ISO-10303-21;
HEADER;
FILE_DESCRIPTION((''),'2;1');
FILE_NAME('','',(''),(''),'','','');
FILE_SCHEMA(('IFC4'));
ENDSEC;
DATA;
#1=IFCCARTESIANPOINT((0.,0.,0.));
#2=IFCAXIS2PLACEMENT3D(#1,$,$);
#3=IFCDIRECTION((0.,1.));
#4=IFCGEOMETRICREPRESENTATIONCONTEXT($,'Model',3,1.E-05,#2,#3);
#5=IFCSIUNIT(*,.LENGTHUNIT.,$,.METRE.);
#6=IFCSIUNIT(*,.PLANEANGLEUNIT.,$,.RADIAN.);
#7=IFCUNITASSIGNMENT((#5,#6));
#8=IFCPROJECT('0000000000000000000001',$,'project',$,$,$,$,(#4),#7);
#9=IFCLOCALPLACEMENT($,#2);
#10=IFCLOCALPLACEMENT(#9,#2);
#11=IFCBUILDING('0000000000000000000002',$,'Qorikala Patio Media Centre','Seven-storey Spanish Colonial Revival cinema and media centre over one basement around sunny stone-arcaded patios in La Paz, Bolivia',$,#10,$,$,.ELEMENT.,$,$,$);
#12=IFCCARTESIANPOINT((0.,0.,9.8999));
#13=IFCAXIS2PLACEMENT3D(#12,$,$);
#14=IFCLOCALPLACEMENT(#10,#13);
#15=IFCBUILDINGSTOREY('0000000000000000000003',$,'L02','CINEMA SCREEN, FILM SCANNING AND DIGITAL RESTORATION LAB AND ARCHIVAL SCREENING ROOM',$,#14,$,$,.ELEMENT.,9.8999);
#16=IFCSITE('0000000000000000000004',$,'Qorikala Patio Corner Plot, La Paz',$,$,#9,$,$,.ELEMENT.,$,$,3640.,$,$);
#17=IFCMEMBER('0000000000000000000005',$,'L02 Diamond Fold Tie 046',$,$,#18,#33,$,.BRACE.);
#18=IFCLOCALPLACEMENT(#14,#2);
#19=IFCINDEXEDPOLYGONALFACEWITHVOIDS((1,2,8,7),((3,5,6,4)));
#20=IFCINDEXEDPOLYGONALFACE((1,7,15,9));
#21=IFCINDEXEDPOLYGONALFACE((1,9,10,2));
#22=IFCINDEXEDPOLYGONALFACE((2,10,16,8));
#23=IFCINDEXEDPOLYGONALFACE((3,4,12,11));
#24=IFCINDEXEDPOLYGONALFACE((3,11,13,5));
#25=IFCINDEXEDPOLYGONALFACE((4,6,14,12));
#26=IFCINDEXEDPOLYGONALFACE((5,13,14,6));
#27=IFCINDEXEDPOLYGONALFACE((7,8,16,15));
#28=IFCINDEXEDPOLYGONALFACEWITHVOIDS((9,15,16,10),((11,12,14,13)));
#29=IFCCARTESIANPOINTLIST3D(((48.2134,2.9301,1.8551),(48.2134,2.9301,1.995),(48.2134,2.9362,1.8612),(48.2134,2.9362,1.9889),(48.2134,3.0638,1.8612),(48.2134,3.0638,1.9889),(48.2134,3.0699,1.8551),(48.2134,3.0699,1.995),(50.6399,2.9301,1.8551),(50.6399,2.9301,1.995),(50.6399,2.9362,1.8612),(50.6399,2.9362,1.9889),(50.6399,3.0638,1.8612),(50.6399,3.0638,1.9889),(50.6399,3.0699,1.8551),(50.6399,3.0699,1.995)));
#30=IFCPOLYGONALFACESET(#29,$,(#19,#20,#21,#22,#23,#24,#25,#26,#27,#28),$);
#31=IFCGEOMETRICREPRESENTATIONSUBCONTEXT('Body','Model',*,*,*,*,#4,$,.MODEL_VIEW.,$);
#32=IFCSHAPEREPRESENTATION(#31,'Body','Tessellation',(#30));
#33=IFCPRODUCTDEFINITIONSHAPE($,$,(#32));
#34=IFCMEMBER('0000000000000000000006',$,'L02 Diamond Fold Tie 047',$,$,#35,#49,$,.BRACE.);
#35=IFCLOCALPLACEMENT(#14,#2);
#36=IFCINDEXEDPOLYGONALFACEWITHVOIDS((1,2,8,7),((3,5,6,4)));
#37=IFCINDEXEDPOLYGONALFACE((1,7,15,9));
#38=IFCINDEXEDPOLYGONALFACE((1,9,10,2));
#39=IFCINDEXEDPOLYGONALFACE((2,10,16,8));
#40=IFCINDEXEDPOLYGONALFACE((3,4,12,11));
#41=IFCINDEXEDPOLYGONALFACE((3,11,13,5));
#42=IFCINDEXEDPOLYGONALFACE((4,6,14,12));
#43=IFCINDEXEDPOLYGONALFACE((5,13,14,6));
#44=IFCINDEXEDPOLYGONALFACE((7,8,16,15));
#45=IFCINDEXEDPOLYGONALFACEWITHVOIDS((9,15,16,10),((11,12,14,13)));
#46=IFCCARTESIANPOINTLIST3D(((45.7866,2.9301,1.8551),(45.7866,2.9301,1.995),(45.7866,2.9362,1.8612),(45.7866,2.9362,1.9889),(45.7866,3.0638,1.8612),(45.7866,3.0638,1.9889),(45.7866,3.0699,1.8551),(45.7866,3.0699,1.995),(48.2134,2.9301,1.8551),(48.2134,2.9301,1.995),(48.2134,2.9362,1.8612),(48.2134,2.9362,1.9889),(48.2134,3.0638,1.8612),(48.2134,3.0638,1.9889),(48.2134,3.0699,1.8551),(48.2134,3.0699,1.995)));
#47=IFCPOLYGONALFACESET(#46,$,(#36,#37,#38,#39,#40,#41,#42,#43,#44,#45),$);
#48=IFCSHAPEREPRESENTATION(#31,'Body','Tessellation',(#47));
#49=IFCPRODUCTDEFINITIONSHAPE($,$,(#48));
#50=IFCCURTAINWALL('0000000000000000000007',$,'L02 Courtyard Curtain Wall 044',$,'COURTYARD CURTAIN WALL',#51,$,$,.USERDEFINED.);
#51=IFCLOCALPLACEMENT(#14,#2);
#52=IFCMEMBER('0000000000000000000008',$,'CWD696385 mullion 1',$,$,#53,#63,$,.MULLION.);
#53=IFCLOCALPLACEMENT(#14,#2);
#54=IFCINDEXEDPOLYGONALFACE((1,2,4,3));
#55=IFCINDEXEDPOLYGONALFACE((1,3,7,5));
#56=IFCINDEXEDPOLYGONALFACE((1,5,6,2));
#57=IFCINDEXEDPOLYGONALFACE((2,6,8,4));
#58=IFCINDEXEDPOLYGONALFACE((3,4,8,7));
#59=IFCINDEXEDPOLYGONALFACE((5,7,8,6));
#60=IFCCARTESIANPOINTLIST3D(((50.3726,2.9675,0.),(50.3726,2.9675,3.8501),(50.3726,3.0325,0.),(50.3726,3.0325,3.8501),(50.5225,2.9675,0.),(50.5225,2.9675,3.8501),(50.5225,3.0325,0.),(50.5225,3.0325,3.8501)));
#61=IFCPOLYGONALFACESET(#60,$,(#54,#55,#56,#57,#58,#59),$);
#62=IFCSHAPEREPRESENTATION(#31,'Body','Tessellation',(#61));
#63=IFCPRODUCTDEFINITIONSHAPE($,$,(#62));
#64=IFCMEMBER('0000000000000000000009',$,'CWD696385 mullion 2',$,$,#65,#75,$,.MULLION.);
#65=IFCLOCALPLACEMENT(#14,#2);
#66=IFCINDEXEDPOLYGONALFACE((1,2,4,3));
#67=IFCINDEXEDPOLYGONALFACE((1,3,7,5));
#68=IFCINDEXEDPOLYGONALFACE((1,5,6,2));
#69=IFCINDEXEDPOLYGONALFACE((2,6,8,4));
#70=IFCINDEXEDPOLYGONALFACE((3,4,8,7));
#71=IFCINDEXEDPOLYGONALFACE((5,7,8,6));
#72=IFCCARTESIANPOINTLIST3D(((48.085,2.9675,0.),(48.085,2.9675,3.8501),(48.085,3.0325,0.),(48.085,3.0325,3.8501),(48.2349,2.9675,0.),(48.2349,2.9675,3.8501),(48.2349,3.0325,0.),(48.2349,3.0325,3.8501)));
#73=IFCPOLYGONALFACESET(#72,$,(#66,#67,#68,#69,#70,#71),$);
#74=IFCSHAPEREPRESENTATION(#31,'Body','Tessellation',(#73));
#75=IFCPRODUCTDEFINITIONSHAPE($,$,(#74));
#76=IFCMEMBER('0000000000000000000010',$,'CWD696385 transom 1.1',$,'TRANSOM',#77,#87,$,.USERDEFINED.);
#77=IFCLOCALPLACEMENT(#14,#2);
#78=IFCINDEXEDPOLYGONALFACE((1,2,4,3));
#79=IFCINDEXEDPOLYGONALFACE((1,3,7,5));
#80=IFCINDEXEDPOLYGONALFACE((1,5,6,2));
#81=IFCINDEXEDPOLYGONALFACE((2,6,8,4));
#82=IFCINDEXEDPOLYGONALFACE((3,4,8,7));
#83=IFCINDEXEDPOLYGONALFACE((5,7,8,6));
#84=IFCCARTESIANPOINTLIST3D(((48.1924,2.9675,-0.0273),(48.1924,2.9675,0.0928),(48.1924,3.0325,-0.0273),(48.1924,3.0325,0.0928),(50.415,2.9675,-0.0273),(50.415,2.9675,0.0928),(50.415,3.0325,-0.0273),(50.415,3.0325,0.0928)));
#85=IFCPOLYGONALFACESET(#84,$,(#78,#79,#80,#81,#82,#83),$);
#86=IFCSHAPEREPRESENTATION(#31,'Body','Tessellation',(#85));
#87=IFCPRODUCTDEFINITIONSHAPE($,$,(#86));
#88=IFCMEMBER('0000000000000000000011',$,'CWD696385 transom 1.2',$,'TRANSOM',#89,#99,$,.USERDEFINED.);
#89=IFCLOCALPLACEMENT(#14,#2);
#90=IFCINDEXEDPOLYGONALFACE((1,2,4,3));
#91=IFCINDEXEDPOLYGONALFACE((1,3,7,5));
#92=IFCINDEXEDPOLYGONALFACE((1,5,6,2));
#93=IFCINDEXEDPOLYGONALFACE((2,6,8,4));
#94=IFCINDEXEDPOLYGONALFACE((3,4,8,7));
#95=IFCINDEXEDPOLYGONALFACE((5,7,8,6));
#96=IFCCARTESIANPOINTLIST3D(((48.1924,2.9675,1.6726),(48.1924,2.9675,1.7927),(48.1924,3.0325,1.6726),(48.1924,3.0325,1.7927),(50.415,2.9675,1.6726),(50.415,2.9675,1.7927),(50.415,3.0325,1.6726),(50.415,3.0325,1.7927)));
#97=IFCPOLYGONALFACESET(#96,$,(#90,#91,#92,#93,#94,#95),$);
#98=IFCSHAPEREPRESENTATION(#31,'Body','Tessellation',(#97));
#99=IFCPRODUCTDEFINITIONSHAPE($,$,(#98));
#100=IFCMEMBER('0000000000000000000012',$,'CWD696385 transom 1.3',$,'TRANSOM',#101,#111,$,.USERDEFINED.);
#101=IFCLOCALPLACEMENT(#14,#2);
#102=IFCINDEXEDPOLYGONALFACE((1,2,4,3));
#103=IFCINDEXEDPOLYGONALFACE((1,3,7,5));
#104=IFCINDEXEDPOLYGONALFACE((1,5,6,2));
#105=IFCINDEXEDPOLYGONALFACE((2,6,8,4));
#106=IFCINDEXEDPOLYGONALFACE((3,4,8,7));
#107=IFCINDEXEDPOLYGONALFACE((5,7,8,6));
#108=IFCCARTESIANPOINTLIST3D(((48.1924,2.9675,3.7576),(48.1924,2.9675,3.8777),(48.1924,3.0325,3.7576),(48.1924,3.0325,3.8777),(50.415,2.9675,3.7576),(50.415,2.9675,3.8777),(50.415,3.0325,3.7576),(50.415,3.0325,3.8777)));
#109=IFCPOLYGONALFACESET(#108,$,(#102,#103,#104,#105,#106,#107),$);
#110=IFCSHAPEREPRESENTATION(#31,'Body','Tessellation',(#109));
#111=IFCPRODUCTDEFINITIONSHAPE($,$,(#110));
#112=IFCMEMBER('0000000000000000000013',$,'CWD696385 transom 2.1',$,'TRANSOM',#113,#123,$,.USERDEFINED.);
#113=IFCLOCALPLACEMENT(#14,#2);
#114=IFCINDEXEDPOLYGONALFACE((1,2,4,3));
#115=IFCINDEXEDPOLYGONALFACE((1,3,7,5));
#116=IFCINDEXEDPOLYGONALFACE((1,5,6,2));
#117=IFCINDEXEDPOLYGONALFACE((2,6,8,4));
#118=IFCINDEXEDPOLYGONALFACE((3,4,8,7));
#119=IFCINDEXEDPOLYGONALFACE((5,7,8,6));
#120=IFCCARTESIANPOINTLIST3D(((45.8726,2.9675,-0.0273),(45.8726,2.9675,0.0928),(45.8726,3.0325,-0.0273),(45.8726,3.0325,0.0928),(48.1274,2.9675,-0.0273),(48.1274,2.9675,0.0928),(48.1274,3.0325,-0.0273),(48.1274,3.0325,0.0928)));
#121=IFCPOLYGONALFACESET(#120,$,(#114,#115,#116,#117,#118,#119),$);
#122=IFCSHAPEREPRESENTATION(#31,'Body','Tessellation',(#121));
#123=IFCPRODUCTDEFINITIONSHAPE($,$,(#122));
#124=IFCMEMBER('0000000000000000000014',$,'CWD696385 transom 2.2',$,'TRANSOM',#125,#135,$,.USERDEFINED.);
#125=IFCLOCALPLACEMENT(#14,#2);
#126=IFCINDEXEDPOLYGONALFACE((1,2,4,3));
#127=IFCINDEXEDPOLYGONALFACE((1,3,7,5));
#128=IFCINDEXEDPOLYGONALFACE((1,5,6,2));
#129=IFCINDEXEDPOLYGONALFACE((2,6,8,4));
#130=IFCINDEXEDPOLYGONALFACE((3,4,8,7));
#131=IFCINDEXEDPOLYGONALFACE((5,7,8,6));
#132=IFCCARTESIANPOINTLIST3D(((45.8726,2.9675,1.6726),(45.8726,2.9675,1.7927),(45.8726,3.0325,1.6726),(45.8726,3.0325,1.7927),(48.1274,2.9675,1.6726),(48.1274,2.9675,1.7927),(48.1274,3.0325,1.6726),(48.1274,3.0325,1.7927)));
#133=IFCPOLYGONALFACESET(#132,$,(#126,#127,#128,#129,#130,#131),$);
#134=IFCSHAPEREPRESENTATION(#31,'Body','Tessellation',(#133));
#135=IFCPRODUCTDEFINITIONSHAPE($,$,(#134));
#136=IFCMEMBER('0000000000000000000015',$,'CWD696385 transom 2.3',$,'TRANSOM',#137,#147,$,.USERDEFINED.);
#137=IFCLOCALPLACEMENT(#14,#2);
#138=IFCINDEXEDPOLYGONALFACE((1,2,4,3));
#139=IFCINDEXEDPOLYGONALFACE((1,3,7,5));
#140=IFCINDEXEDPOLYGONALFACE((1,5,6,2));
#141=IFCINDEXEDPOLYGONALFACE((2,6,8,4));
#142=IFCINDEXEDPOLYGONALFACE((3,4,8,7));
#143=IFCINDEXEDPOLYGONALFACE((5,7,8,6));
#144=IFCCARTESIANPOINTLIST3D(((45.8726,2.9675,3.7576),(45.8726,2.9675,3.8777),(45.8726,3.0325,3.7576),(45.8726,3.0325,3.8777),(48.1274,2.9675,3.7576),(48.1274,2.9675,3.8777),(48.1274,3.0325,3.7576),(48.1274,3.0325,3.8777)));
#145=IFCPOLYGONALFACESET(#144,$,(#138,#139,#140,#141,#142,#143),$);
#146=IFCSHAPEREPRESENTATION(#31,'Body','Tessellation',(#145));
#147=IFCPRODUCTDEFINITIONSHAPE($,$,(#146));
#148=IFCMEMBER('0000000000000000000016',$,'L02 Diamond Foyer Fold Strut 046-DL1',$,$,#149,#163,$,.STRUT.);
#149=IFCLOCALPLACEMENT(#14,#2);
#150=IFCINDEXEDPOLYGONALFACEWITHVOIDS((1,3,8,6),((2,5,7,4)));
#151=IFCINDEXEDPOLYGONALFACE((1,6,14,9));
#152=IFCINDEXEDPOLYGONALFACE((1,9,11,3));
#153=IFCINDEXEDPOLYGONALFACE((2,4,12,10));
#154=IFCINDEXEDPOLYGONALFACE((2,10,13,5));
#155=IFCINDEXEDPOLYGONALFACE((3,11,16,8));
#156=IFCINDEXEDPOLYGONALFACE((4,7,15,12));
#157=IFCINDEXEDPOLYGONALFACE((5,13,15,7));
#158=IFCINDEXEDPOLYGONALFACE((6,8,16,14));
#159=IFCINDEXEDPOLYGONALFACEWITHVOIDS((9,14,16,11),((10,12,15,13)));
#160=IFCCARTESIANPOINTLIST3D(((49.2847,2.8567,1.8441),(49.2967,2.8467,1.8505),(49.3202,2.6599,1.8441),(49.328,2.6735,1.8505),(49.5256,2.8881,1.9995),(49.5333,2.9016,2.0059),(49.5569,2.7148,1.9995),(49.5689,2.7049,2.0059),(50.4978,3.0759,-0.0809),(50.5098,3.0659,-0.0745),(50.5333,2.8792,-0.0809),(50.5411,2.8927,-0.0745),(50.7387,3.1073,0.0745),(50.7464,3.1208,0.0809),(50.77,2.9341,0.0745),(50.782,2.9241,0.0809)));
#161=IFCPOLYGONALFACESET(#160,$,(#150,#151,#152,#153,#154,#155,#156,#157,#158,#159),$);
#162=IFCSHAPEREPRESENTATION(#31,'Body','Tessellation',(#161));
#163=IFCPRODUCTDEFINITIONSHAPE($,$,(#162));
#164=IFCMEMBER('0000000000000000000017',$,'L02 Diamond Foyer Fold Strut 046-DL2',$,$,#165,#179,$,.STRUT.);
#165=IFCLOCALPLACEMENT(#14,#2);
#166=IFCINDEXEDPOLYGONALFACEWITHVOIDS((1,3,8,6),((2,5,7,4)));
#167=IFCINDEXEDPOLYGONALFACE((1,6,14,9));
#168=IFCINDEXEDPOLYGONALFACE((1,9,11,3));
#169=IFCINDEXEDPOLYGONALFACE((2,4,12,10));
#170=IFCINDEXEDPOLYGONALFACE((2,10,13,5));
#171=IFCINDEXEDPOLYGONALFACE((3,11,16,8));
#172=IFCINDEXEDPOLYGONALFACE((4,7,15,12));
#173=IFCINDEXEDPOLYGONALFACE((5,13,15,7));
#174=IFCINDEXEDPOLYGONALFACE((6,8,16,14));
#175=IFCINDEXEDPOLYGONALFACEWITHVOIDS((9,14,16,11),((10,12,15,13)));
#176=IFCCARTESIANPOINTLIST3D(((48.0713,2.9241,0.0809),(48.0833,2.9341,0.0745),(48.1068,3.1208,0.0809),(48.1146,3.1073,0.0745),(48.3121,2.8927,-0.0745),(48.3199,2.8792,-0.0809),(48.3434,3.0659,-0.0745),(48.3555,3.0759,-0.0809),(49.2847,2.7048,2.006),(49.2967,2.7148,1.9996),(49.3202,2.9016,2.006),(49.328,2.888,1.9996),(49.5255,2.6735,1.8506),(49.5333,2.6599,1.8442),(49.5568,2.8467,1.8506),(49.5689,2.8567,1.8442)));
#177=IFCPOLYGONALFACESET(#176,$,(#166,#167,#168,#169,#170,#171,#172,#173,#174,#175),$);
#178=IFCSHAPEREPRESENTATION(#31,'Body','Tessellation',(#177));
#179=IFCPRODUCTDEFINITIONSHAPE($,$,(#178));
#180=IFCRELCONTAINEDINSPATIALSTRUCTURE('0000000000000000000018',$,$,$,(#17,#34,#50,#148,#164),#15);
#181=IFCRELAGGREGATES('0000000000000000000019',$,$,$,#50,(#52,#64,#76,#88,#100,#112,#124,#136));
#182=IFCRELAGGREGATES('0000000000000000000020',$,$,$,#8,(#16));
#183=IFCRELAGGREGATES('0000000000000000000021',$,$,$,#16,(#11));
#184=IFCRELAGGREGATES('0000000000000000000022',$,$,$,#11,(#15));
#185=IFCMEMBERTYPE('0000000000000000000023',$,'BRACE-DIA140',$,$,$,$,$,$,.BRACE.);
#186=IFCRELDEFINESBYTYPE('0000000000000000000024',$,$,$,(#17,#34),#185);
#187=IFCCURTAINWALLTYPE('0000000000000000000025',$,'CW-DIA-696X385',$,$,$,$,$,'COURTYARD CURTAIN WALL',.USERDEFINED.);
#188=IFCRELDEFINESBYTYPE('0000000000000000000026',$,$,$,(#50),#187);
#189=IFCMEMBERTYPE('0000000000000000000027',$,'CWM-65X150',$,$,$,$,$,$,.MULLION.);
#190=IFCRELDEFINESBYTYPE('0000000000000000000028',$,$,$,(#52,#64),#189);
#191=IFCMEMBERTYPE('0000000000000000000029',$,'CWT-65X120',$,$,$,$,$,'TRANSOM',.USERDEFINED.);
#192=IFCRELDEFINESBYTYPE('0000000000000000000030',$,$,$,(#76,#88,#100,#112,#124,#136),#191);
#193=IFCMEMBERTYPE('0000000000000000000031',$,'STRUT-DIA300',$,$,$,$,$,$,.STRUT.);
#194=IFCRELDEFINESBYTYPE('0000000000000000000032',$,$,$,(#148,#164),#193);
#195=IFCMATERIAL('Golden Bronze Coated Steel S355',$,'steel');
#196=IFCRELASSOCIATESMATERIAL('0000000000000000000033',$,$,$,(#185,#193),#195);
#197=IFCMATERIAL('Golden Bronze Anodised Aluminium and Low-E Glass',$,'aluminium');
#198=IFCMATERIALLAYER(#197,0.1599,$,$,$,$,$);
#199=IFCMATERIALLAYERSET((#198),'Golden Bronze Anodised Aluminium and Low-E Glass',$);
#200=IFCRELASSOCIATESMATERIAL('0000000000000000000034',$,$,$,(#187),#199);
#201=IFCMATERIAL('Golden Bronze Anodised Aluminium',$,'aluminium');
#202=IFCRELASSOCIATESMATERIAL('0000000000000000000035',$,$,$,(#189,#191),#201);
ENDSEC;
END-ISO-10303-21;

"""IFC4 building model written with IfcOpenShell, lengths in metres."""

from ifc_helpers import new_model, si_unit, direction, frame, origin, origin_2d, place, context, subcontext, project, spatial, rectangle, hollow_rectangle, extrude, material, layer, layer_set, material_profile, profile_set, type_object, element, aggregate, save


model = new_model("IFC4")

# Units and contexts
model_context = context("Model", 3, precision=1e-05, world=origin(), true_north=direction((0.0, 1.0)))
body_context = subcontext(model_context, "Body", "Model", "MODEL_VIEW")
ifc_project = project(units=[si_unit("LENGTHUNIT", "METRE"), si_unit("PLANEANGLEUNIT", "RADIAN")], contexts=[model_context])

# Site, building, storey
site_placement = place(None, origin())
site = spatial("IfcSite", under=ifc_project, at=site_placement, Name="Qorikala Patio Corner Plot, La Paz", CompositionType="ELEMENT", RefElevation=3640.0)
building_placement = place(site_placement, origin())
building = spatial("IfcBuilding", under=site, at=building_placement, Name="Qorikala Patio Media Centre", Description="Seven-storey Spanish Colonial Revival cinema and media centre over one basement around sunny stone-arcaded patios in La Paz, Bolivia", CompositionType="ELEMENT")
storey_placement = place(building_placement, frame((0.0, 0.0, 9.8999)))
storey = spatial("IfcBuildingStorey", under=building, at=storey_placement, Name="L02", Description="CINEMA SCREEN, FILM SCANNING AND DIGITAL RESTORATION LAB AND ARCHIVAL SCREENING ROOM", CompositionType="ELEMENT", Elevation=9.8999)

# Members
ifc_material_1 = material(Name="Golden Bronze Coated Steel S355", Category="steel")
ifc_material_profile_1 = material_profile(ifc_material_1, hollow_rectangle(XDim=0.1399, YDim=0.1399, WallThickness=0.0061, at=origin_2d()), Name="HSS140X140X6")
ifc_profile_set_1 = profile_set([ifc_material_profile_1], Name="Golden Bronze Coated Steel S355")
member_type_1 = type_object("IfcMemberType", Name="BRACE-DIA140", PredefinedType="BRACE", material=ifc_profile_set_1)
member_1_placement = place(storey_placement, frame((50.6399, 3.0, 1.925), z_axis=(-1.0, 0.0, 0.0), x_axis=(0.0, -1.0, 0.0)))
element("IfcMember", 1, at=member_1_placement, inside=storey, type_object=member_type_1, Name="L02 Diamond Fold Tie 046", PredefinedType="BRACE", context=body_context, shape_type="SweptSolid", body=[
    extrude(hollow_rectangle(XDim=0.1399, YDim=0.1399, WallThickness=0.0061, at=origin_2d()), origin(), (0.0, 0.0, 1.0), 2.4265),
])
member_2_placement = place(storey_placement, frame((48.2134, 3.0, 1.925), z_axis=(-1.0, 0.0, 0.0), x_axis=(0.0, -1.0, 0.0)))
element("IfcMember", 2, at=member_2_placement, inside=storey, type_object=member_type_1, Name="L02 Diamond Fold Tie 047", PredefinedType="BRACE", context=body_context, shape_type="SweptSolid", body=[
    extrude(hollow_rectangle(XDim=0.1399, YDim=0.1399, WallThickness=0.0061, at=origin_2d()), origin(), (0.0, 0.0, 1.0), 2.4268),
])

# Curtain wall, members
ifc_material_2 = material(Name="Golden Bronze Anodised Aluminium and Low-E Glass", Category="aluminium")
ifc_layer_1 = layer(ifc_material_2, 0.1599)
ifc_layer_set_1 = layer_set([ifc_layer_1], Name="Golden Bronze Anodised Aluminium and Low-E Glass")
curtain_wall_type = type_object("IfcCurtainWallType", Name="CW-DIA-696X385", ElementType="COURTYARD CURTAIN WALL", PredefinedType="USERDEFINED", material=ifc_layer_set_1)
curtain_wall_placement = place(storey_placement, origin())
curtain_wall = element("IfcCurtainWall", 3, at=curtain_wall_placement, inside=storey, type_object=curtain_wall_type, Name="L02 Courtyard Curtain Wall 044", ObjectType="COURTYARD CURTAIN WALL", PredefinedType="USERDEFINED")
ifc_material_3 = material(Name="Golden Bronze Anodised Aluminium", Category="aluminium")
ifc_material_profile_2 = material_profile(ifc_material_3, rectangle(XDim=0.0649, YDim=0.1499, at=origin_2d()), Name="ALU MULLION 65x150")
ifc_profile_set_2 = profile_set([ifc_material_profile_2], Name="Golden Bronze Anodised Aluminium")
member_type_2 = type_object("IfcMemberType", Name="CWM-65X150", PredefinedType="MULLION", material=ifc_profile_set_2)
member_3_placement = place(storey_placement, frame((50.4475, 3.0, 0.0), z_axis=(0.0, 0.0, 1.0), x_axis=(0.0, -1.0, 0.0)))
member_3 = element("IfcMember", 4, at=member_3_placement, type_object=member_type_2, Name="CWD696385 mullion 1", PredefinedType="MULLION", context=body_context, shape_type="SweptSolid", body=[
    extrude(rectangle(XDim=0.0649, YDim=0.1499, at=origin_2d()), origin(), (0.0, 0.0, 1.0), 3.8501),
])
member_4_placement = place(storey_placement, frame((48.1599, 3.0, 0.0), z_axis=(0.0, 0.0, 1.0), x_axis=(0.0, -1.0, 0.0)))
member_4 = element("IfcMember", 5, at=member_4_placement, type_object=member_type_2, Name="CWD696385 mullion 2", PredefinedType="MULLION", context=body_context, shape_type="SweptSolid", body=[
    extrude(rectangle(XDim=0.0649, YDim=0.1499, at=origin_2d()), origin(), (0.0, 0.0, 1.0), 3.8501),
])
ifc_material_profile_3 = material_profile(ifc_material_3, rectangle(XDim=0.0649, YDim=0.1201, at=origin_2d()), Name="ALU TRANSOM 65x120")
ifc_profile_set_3 = profile_set([ifc_material_profile_3], Name="Golden Bronze Anodised Aluminium")
member_type_3 = type_object("IfcMemberType", Name="CWT-65X120", ElementType="TRANSOM", PredefinedType="USERDEFINED", material=ifc_profile_set_3)
member_5_placement = place(storey_placement, frame((50.415, 3.0, 0.0327), z_axis=(-1.0, 0.0, 0.0), x_axis=(0.0, -1.0, 0.0)))
member_5 = element("IfcMember", 6, at=member_5_placement, type_object=member_type_3, Name="CWD696385 transom 1.1", ObjectType="TRANSOM", PredefinedType="USERDEFINED", context=body_context, shape_type="SweptSolid", body=[
    extrude(rectangle(XDim=0.0649, YDim=0.1201, at=origin_2d()), origin(), (0.0, 0.0, 1.0), 2.2227),
])
member_6_placement = place(storey_placement, frame((50.415, 3.0, 1.7327), z_axis=(-1.0, 0.0, 0.0), x_axis=(0.0, -1.0, 0.0)))
member_6 = element("IfcMember", 7, at=member_6_placement, type_object=member_type_3, Name="CWD696385 transom 1.2", ObjectType="TRANSOM", PredefinedType="USERDEFINED", context=body_context, shape_type="SweptSolid", body=[
    extrude(rectangle(XDim=0.0649, YDim=0.1201, at=origin_2d()), origin(), (0.0, 0.0, 1.0), 2.2227),
])
member_7_placement = place(storey_placement, frame((50.415, 3.0, 3.8176), z_axis=(-1.0, 0.0, 0.0), x_axis=(0.0, -1.0, 0.0)))
member_7 = element("IfcMember", 8, at=member_7_placement, type_object=member_type_3, Name="CWD696385 transom 1.3", ObjectType="TRANSOM", PredefinedType="USERDEFINED", context=body_context, shape_type="SweptSolid", body=[
    extrude(rectangle(XDim=0.0649, YDim=0.1201, at=origin_2d()), origin(), (0.0, 0.0, 1.0), 2.2227),
])
member_8_placement = place(storey_placement, frame((48.1274, 3.0, 0.0327), z_axis=(-1.0, 0.0, 0.0), x_axis=(0.0, -1.0, 0.0)))
member_8 = element("IfcMember", 9, at=member_8_placement, type_object=member_type_3, Name="CWD696385 transom 2.1", ObjectType="TRANSOM", PredefinedType="USERDEFINED", context=body_context, shape_type="SweptSolid", body=[
    extrude(rectangle(XDim=0.0649, YDim=0.1201, at=origin_2d()), origin(), (0.0, 0.0, 1.0), 2.2549),
])
member_9_placement = place(storey_placement, frame((48.1274, 3.0, 1.7327), z_axis=(-1.0, 0.0, 0.0), x_axis=(0.0, -1.0, 0.0)))
member_9 = element("IfcMember", 10, at=member_9_placement, type_object=member_type_3, Name="CWD696385 transom 2.2", ObjectType="TRANSOM", PredefinedType="USERDEFINED", context=body_context, shape_type="SweptSolid", body=[
    extrude(rectangle(XDim=0.0649, YDim=0.1201, at=origin_2d()), origin(), (0.0, 0.0, 1.0), 2.2549),
])
member_10_placement = place(storey_placement, frame((48.1274, 3.0, 3.8176), z_axis=(-1.0, 0.0, 0.0), x_axis=(0.0, -1.0, 0.0)))
member_10 = element("IfcMember", 11, at=member_10_placement, type_object=member_type_3, Name="CWD696385 transom 2.3", ObjectType="TRANSOM", PredefinedType="USERDEFINED", context=body_context, shape_type="SweptSolid", body=[
    extrude(rectangle(XDim=0.0649, YDim=0.1201, at=origin_2d()), origin(), (0.0, 0.0, 1.0), 2.2549),
])

# Members
ifc_material_profile_4 = material_profile(ifc_material_1, hollow_rectangle(XDim=0.2, YDim=0.3, WallThickness=0.012, at=origin_2d()), Name="HSS300X200X12")
ifc_profile_set_4 = profile_set([ifc_material_profile_4], Name="Golden Bronze Coated Steel S355")
member_type_4 = type_object("IfcMemberType", Name="STRUT-DIA300", PredefinedType="STRUT", material=ifc_profile_set_4)
member_11_placement = place(storey_placement, frame((50.6399, 3.0, 0.0), z_axis=(-0.530691, -0.095907, 0.842121), x_axis=(0.17784, -0.984059, 0.0)))
element("IfcMember", 12, at=member_11_placement, inside=storey, type_object=member_type_4, Name="L02 Diamond Foyer Fold Strut 046-DL1", PredefinedType="STRUT", context=body_context, shape_type="SweptSolid", body=[
    extrude(hollow_rectangle(XDim=0.2, YDim=0.3, WallThickness=0.012, at=origin_2d()), origin(), (0.0, 0.0, 1.0), 2.2859),
])
member_12_placement = place(storey_placement, frame((48.2134, 3.0, 0.0), z_axis=(0.530768, -0.095901, 0.842074), x_axis=(0.177805, 0.984066, 0.0)))
element("IfcMember", 13, at=member_12_placement, inside=storey, type_object=member_type_4, Name="L02 Diamond Foyer Fold Strut 046-DL2", PredefinedType="STRUT", context=body_context, shape_type="SweptSolid", body=[
    extrude(hollow_rectangle(XDim=0.2, YDim=0.3, WallThickness=0.012, at=origin_2d()), origin(), (0.0, 0.0, 1.0), 2.2861),
])

aggregate(curtain_wall, [member_3, member_4, member_5, member_6, member_7, member_8, member_9, member_10])

save(model, "model.ifc")
